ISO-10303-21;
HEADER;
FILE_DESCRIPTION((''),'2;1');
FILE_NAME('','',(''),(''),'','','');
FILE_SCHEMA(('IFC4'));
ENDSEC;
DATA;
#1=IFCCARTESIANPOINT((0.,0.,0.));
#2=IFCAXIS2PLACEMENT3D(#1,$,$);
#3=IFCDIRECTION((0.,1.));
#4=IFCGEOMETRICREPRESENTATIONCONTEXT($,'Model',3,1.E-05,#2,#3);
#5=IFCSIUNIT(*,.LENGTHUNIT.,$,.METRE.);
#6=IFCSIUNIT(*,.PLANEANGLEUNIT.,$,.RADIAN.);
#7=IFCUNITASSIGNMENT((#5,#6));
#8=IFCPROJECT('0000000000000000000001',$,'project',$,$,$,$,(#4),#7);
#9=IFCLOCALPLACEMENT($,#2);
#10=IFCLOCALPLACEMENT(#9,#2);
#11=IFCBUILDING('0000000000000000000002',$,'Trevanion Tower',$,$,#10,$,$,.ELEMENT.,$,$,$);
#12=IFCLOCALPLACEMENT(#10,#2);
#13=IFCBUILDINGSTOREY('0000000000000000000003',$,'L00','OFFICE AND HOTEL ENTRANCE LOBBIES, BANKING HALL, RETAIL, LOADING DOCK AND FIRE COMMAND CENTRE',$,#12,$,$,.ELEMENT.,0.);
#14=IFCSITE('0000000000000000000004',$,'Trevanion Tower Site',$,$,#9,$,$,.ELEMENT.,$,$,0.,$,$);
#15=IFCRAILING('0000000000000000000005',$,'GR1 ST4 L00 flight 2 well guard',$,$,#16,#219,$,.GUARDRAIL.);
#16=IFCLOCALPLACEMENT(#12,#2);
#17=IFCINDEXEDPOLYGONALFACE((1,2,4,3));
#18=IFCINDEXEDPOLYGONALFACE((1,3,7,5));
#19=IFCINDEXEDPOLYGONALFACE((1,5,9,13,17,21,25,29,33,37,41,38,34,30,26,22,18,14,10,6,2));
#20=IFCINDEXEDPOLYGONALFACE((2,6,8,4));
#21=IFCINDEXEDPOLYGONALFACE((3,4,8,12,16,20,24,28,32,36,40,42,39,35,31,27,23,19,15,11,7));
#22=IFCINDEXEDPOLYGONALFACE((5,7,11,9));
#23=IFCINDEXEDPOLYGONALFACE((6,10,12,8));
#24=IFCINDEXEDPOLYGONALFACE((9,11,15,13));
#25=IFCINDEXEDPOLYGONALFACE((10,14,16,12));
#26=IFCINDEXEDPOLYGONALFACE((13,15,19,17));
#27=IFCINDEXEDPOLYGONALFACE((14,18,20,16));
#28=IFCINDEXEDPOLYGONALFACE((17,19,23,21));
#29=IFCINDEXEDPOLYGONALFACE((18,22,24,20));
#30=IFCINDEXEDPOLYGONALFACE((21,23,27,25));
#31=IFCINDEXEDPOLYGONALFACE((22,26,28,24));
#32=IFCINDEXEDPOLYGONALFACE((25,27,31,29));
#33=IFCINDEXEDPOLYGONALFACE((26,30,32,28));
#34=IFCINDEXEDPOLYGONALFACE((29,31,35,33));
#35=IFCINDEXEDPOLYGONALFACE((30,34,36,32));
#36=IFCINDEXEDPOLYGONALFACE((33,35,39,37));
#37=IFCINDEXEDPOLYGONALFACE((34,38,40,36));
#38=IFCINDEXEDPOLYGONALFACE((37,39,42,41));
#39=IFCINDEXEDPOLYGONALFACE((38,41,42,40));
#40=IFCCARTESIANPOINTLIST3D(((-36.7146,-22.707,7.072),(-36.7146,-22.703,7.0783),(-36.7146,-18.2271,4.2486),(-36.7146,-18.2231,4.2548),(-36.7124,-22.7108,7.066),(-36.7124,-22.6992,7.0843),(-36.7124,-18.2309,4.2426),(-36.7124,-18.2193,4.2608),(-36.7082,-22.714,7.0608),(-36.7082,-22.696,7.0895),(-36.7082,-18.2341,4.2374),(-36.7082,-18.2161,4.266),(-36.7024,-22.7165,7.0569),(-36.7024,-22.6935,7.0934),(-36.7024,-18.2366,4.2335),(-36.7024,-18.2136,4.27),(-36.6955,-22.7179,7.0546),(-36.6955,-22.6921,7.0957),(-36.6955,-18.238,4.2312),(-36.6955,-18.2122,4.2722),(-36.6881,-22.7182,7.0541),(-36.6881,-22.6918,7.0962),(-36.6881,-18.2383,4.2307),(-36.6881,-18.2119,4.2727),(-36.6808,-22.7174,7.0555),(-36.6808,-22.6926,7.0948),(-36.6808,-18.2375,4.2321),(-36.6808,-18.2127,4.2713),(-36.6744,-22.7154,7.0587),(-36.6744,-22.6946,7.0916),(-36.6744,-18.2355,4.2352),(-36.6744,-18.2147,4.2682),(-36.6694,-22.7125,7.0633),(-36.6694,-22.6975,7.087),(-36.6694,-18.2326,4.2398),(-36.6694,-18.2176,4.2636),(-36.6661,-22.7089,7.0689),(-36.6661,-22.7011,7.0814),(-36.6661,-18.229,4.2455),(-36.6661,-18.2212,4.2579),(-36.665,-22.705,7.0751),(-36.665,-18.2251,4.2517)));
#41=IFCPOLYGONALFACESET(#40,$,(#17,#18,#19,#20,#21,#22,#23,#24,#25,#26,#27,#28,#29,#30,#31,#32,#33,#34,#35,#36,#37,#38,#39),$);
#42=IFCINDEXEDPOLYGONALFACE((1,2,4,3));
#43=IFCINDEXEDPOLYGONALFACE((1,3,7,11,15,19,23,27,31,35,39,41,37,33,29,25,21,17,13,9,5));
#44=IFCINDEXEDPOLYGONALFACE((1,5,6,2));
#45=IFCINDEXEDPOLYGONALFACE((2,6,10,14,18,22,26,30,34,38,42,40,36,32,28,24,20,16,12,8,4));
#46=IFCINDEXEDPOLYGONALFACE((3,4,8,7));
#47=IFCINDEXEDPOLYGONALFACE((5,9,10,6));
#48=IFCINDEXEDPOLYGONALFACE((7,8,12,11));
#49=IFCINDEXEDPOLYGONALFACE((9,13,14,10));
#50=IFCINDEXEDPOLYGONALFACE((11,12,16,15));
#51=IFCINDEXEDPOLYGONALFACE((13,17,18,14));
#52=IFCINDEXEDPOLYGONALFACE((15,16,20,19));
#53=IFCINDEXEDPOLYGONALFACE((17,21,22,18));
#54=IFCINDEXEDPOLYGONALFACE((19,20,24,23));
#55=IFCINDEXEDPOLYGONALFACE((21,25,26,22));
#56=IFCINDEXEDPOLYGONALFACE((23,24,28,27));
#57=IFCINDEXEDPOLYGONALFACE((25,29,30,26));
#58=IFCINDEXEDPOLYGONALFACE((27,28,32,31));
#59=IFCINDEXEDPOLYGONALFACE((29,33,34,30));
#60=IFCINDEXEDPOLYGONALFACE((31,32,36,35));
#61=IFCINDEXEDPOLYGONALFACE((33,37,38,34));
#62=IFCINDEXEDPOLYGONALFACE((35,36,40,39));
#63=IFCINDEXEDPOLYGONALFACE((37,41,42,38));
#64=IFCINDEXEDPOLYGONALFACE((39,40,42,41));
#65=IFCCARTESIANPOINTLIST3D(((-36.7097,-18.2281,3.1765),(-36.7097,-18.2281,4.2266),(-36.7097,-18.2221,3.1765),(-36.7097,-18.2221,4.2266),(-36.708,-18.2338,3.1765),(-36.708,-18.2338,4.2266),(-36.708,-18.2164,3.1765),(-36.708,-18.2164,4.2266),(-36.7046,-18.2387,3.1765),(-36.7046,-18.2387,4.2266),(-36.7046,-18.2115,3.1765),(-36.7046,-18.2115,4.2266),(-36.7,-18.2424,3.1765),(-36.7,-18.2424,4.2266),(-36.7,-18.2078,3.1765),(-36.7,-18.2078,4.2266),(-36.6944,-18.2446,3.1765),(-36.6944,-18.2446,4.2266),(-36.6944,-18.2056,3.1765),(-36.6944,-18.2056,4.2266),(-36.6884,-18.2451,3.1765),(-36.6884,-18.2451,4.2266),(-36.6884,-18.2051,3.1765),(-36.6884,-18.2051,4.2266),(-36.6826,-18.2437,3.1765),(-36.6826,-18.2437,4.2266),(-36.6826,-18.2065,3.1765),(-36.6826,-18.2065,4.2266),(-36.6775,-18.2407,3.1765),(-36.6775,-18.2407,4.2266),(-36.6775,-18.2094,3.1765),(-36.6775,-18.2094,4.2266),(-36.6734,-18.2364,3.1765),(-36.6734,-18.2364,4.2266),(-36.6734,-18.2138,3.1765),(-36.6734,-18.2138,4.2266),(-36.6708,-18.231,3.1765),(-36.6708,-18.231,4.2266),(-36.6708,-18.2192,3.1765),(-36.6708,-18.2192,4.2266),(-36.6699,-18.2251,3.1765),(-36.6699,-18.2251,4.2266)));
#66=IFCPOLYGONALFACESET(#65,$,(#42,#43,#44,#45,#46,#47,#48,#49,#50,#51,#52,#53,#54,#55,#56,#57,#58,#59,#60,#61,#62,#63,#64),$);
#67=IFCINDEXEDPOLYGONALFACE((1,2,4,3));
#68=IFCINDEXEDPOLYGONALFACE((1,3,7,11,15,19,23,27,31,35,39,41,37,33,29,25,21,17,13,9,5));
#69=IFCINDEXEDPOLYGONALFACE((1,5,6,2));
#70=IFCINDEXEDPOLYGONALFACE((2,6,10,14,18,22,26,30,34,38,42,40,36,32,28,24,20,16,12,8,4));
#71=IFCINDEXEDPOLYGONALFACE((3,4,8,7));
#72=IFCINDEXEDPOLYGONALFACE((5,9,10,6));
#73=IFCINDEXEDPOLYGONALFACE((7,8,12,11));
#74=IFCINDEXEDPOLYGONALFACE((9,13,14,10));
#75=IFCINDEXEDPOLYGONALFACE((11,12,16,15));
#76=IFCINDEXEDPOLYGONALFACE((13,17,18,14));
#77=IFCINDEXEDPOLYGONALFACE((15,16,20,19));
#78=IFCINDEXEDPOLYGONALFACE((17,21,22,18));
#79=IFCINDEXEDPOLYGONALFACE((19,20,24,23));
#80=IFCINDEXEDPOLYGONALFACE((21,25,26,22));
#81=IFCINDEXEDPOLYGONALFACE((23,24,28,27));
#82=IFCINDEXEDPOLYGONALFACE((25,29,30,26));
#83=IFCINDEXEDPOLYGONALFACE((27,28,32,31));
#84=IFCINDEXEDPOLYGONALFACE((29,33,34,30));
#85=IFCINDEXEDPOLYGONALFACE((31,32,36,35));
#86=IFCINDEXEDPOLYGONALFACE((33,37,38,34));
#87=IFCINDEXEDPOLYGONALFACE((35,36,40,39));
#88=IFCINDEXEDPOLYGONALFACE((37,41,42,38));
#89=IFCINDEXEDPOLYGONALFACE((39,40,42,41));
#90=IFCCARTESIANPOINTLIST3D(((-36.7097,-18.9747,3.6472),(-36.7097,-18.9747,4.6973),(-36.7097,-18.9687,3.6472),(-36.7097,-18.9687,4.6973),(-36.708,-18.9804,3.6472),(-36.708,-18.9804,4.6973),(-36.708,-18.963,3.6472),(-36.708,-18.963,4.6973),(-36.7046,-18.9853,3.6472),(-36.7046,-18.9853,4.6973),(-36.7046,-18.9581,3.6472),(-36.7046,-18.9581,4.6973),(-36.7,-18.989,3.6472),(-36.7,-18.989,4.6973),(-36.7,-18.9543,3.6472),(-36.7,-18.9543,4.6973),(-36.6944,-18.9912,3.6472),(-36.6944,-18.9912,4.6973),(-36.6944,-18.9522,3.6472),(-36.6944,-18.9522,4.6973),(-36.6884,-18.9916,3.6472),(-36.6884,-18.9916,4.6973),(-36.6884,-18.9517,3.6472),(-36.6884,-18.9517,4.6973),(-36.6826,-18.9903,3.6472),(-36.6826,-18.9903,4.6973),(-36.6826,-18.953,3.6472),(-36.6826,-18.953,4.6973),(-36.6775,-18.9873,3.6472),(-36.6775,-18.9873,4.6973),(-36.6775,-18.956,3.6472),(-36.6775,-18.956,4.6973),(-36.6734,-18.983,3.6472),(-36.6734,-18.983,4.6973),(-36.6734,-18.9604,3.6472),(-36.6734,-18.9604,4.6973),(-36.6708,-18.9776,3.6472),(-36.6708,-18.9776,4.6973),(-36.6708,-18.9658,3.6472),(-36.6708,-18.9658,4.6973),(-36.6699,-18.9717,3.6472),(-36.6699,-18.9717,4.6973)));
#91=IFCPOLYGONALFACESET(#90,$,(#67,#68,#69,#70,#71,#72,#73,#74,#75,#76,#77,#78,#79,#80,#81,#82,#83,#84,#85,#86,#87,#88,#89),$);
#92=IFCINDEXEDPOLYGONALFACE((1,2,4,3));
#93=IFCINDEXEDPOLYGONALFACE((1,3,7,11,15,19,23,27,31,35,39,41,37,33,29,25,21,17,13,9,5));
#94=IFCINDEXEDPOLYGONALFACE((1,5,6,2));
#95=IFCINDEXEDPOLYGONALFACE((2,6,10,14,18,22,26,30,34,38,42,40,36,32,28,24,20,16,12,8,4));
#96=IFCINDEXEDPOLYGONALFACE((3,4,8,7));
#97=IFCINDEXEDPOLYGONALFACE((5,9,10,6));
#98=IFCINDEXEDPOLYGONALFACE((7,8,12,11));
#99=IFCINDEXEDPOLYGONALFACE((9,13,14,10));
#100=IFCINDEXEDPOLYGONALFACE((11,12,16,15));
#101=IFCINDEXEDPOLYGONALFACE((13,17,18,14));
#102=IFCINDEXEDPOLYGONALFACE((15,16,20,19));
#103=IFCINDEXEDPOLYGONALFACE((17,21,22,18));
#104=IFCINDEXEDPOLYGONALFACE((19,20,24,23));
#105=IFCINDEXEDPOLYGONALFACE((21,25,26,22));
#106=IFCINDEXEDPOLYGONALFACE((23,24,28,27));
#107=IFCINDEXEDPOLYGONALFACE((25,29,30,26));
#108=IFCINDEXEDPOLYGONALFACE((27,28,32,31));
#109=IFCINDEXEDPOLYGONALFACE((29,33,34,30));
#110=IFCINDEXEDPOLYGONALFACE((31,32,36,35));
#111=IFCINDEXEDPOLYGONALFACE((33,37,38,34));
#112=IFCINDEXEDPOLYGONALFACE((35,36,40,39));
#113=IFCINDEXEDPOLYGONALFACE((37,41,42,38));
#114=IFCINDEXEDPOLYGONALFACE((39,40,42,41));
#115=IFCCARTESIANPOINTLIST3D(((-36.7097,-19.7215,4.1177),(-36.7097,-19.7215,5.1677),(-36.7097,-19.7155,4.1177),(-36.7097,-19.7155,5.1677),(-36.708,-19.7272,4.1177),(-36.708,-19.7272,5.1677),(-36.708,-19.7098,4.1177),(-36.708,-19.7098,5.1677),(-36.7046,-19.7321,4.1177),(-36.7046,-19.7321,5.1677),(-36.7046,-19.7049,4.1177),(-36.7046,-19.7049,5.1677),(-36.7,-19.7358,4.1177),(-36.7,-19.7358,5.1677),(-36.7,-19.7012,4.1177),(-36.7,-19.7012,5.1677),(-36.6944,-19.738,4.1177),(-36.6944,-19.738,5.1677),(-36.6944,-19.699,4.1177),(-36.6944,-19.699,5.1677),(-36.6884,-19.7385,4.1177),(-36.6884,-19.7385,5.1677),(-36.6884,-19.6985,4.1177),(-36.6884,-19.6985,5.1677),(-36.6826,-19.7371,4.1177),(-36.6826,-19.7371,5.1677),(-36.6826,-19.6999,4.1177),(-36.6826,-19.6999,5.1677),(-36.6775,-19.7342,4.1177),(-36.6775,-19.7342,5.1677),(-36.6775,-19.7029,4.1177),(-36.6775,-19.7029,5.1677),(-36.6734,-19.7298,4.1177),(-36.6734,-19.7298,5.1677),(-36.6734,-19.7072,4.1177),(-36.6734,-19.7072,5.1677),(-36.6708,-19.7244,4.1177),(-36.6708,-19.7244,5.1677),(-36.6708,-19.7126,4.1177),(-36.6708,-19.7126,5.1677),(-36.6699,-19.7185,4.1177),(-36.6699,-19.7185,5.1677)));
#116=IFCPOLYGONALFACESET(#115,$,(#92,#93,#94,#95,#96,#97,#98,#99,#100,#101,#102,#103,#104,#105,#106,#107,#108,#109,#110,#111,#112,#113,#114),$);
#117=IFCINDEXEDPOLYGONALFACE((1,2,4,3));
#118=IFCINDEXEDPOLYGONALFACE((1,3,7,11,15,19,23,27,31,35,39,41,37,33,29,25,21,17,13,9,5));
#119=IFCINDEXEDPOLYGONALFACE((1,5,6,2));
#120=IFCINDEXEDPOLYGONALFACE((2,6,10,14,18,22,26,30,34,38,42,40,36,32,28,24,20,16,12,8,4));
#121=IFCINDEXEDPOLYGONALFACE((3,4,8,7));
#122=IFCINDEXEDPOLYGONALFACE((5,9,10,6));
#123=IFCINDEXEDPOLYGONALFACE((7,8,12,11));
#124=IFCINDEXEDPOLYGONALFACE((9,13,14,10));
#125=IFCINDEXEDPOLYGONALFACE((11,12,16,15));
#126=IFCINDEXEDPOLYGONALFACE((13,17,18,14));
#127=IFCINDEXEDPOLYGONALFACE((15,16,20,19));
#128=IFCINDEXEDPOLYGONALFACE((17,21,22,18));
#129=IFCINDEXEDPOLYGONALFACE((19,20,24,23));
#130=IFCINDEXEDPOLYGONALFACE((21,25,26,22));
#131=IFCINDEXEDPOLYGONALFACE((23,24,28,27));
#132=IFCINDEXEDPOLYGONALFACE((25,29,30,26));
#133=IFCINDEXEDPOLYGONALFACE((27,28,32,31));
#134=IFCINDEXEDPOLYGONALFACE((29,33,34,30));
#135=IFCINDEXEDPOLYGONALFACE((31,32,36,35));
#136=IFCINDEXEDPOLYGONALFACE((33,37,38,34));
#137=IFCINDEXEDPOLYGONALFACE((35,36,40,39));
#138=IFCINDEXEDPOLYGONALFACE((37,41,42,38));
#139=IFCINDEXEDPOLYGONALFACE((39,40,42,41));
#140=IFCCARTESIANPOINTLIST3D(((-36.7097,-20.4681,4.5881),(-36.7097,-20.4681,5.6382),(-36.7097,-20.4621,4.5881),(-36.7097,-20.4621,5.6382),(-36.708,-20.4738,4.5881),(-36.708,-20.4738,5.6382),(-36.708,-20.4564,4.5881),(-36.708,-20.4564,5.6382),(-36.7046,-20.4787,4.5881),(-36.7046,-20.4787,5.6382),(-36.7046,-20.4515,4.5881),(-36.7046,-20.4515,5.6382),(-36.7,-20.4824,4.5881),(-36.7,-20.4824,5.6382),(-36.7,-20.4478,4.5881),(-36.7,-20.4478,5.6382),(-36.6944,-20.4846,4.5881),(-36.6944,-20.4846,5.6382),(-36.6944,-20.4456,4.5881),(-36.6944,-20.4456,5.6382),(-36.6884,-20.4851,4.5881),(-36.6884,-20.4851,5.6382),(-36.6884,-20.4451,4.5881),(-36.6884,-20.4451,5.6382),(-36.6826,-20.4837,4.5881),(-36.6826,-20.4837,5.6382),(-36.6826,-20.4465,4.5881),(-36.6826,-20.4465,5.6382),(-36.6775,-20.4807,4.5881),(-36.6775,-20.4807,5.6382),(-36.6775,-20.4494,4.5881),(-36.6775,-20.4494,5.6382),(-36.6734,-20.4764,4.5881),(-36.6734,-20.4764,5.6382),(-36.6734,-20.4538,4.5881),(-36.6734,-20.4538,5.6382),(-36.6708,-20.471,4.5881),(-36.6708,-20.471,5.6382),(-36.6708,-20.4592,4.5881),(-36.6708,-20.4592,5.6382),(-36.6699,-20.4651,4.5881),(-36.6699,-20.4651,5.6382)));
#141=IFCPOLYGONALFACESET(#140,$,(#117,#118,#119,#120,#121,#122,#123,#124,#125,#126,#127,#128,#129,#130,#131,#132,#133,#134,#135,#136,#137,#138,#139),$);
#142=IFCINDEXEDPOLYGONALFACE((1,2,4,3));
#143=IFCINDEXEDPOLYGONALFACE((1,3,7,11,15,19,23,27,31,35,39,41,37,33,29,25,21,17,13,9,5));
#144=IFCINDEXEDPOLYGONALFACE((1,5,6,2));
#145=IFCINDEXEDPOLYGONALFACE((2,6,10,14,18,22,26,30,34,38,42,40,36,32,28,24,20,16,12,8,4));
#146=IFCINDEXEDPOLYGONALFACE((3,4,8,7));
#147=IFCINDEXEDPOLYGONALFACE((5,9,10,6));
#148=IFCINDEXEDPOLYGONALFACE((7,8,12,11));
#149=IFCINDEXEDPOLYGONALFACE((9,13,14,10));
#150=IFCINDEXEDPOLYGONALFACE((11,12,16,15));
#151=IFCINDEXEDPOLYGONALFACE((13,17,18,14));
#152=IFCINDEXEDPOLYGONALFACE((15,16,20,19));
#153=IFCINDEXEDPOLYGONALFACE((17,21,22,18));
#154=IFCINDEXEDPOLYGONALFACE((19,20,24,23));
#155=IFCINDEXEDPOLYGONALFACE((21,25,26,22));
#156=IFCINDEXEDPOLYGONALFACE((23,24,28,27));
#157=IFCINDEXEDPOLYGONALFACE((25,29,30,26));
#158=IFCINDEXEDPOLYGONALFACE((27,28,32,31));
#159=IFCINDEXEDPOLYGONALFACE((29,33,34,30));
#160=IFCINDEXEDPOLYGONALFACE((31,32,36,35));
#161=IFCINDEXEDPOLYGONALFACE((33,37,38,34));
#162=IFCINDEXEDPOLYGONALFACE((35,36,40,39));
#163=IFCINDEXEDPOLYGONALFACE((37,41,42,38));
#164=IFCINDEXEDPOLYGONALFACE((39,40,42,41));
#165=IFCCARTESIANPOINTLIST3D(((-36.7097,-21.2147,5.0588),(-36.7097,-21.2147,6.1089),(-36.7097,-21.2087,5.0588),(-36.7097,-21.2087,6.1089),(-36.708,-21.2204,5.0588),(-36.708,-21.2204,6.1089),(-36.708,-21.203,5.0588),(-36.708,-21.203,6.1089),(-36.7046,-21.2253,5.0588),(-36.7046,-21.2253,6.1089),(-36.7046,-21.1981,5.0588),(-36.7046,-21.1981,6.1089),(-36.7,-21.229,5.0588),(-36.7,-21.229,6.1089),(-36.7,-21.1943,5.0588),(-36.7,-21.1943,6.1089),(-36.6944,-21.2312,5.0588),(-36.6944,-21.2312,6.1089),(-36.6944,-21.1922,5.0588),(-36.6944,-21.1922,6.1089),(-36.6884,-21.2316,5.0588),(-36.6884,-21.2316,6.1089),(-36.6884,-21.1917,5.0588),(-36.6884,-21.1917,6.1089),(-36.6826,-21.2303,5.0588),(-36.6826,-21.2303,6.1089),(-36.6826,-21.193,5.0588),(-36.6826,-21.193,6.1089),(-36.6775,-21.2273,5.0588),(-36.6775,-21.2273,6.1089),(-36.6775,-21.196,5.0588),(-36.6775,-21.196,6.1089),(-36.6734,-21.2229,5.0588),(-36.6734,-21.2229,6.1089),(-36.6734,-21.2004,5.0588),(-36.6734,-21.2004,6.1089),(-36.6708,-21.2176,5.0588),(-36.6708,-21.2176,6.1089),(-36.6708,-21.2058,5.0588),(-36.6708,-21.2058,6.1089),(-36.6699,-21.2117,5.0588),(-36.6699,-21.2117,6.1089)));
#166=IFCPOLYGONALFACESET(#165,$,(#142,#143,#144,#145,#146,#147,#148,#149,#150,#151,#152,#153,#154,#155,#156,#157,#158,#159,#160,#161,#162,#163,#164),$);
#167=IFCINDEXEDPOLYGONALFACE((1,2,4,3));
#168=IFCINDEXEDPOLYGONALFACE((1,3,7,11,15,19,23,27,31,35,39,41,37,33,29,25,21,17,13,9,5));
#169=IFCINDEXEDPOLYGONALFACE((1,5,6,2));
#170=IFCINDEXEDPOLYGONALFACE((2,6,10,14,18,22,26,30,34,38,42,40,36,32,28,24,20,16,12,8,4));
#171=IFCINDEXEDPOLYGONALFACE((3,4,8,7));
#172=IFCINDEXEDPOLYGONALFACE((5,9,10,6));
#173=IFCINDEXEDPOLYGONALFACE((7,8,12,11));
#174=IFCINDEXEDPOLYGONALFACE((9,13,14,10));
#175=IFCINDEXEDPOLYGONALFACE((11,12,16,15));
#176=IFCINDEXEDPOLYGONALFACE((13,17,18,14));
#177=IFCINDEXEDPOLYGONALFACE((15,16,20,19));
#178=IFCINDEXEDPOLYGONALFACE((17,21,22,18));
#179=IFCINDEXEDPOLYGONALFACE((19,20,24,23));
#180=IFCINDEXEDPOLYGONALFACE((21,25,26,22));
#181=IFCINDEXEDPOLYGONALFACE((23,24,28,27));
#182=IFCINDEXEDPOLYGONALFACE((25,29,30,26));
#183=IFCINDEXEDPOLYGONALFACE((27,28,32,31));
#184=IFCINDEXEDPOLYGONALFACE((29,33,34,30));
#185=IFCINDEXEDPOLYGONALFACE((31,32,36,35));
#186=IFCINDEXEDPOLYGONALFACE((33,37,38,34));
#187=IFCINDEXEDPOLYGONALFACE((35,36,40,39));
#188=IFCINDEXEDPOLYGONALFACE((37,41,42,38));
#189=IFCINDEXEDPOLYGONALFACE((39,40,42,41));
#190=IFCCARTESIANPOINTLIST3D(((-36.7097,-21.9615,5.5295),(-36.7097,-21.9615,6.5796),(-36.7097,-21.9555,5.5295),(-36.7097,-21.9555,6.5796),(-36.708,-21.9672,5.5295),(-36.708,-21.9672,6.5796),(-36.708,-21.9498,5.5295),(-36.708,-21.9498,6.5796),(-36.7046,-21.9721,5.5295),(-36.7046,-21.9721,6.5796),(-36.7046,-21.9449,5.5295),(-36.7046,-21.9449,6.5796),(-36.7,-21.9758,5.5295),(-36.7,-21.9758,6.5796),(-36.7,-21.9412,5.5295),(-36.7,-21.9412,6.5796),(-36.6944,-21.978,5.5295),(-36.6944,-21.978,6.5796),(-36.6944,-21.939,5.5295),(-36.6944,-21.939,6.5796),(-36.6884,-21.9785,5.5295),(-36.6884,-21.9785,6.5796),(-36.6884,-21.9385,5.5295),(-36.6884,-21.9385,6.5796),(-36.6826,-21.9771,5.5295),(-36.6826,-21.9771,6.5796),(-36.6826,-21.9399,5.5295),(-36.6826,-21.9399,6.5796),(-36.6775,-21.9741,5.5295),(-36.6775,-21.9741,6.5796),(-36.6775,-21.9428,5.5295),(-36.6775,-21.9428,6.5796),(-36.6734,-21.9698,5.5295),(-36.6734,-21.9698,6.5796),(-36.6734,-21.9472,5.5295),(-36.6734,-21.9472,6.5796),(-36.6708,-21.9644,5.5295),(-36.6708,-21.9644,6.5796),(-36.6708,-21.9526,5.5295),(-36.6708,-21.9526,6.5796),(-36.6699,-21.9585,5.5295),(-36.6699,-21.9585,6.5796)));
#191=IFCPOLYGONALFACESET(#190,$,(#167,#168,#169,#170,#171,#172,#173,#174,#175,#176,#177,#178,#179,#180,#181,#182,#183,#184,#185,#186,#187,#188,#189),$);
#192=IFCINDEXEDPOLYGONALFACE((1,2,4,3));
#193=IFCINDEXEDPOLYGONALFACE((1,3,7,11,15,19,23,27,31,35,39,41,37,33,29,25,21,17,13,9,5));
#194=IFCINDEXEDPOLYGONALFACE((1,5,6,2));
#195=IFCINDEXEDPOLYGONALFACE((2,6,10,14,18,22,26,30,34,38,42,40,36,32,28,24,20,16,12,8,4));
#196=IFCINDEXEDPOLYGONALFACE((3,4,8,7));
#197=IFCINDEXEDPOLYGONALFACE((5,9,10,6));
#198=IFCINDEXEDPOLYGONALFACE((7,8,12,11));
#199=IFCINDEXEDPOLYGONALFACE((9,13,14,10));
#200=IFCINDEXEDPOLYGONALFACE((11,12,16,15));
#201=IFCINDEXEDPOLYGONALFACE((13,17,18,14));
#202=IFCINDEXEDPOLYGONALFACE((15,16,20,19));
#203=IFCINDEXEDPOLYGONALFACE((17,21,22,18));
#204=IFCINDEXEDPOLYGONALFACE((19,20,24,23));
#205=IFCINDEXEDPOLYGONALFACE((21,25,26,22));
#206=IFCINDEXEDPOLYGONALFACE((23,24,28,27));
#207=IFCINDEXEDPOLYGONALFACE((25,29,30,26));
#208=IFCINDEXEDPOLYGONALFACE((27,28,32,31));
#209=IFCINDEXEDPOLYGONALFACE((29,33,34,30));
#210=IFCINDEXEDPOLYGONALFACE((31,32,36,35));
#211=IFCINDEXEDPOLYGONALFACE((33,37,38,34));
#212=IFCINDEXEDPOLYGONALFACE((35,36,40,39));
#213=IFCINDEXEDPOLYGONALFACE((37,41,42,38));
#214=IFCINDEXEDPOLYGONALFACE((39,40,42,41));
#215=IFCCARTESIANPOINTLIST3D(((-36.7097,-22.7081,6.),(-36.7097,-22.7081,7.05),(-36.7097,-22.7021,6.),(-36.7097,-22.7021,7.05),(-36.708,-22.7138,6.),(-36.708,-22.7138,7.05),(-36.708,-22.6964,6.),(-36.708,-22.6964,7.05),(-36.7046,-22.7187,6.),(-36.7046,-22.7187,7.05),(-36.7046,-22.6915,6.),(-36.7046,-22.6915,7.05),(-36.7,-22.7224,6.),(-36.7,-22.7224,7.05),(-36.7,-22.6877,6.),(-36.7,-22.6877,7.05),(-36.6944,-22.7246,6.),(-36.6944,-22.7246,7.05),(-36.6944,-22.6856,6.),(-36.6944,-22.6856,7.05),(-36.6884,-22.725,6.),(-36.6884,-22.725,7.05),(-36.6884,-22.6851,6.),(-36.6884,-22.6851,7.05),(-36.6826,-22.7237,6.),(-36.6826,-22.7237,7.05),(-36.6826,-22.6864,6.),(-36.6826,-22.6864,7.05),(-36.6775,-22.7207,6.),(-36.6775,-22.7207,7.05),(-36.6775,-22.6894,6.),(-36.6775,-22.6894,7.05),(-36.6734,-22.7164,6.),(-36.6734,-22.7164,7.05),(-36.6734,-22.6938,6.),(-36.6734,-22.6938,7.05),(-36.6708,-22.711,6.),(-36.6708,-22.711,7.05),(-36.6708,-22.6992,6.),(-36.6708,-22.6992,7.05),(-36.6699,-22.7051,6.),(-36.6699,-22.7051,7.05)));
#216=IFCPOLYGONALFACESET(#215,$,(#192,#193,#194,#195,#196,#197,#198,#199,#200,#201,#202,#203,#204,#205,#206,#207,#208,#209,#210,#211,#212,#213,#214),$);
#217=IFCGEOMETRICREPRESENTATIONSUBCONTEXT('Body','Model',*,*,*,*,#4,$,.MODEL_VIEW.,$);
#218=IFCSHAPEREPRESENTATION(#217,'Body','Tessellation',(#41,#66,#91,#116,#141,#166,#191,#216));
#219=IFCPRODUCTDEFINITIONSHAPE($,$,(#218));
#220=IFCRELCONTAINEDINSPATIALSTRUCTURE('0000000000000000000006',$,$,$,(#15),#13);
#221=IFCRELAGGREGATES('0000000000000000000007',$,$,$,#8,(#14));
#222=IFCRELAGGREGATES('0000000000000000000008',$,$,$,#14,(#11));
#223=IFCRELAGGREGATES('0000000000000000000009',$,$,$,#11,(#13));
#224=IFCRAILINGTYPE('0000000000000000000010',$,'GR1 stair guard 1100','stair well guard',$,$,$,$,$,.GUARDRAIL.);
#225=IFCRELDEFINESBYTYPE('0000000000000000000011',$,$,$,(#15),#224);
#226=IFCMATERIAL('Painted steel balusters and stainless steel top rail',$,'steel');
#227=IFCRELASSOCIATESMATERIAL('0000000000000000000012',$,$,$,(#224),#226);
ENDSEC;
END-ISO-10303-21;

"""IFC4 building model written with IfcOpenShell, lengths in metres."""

from ifc_helpers import new_model, si_unit, direction, frame, origin, origin_2d, place, context, subcontext, project, spatial, circle, extrude, material, type_object, element, save


model = new_model("IFC4")

# Units and contexts
model_context = context("Model", 3, precision=1e-05, world=origin(), true_north=direction((0.0, 1.0)))
body_context = subcontext(model_context, "Body", "Model", "MODEL_VIEW")
ifc_project = project(units=[si_unit("LENGTHUNIT", "METRE"), si_unit("PLANEANGLEUNIT", "RADIAN")], contexts=[model_context])

# Site, building, storey
site_placement = place(None, origin())
site = spatial("IfcSite", under=ifc_project, at=site_placement, Name="Trevanion Tower Site", CompositionType="ELEMENT", RefElevation=0.0)
building_placement = place(site_placement, origin())
building = spatial("IfcBuilding", under=site, at=building_placement, Name="Trevanion Tower", CompositionType="ELEMENT")
storey_placement = place(building_placement, origin())
storey = spatial("IfcBuildingStorey", under=building, at=storey_placement, Name="L00", Description="OFFICE AND HOTEL ENTRANCE LOBBIES, BANKING HALL, RETAIL, LOADING DOCK AND FIRE COMMAND CENTRE", CompositionType="ELEMENT", Elevation=0.0)

# Railing
ifc_material_1 = material(Name="Painted steel balusters and stainless steel top rail", Category="steel")
railing_type_1 = type_object("IfcRailingType", Name="GR1 stair guard 1100", Description="stair well guard", PredefinedType="GUARDRAIL", material=ifc_material_1)
railing_1_placement = place(storey_placement, frame((-36.6899, -18.2251, 3.1765)))
element("IfcRailing", 1, at=railing_1_placement, inside=storey, type_object=railing_type_1, Name="GR1 ST4 L00 flight 2 well guard", PredefinedType="GUARDRAIL", context=body_context, shape_type="SweptSolid", body=[
    extrude(circle(Radius=0.0249, at=origin_2d()), frame((0.0, 0.0, 1.0752), z_axis=(0.0, -0.845998, 0.533186), x_axis=(1.0, 0.0, 0.0)), (0.0, 0.0, 1.0), 5.2954),
    extrude(circle(Radius=0.02, at=origin_2d()), origin(), (0.0, 0.0, 1.0), 1.05),
    extrude(circle(Radius=0.02, at=origin_2d()), frame((0.0, -0.7466, 0.4707)), (0.0, 0.0, 1.0), 1.05),
    extrude(circle(Radius=0.02, at=origin_2d()), frame((0.0, -1.4934, 0.9412)), (0.0, 0.0, 1.0), 1.05),
    extrude(circle(Radius=0.02, at=origin_2d()), frame((0.0, -2.24, 1.4116)), (0.0, 0.0, 1.0), 1.05),
    extrude(circle(Radius=0.02, at=origin_2d()), frame((0.0, -2.9866, 1.8823)), (0.0, 0.0, 1.0), 1.05),
    extrude(circle(Radius=0.02, at=origin_2d()), frame((0.0, -3.7334, 2.353)), (0.0, 0.0, 1.0), 1.05),
    extrude(circle(Radius=0.02, at=origin_2d()), frame((0.0, -4.48, 2.8235)), (0.0, 0.0, 1.0), 1.05),
])

save(model, "model.ifc")
